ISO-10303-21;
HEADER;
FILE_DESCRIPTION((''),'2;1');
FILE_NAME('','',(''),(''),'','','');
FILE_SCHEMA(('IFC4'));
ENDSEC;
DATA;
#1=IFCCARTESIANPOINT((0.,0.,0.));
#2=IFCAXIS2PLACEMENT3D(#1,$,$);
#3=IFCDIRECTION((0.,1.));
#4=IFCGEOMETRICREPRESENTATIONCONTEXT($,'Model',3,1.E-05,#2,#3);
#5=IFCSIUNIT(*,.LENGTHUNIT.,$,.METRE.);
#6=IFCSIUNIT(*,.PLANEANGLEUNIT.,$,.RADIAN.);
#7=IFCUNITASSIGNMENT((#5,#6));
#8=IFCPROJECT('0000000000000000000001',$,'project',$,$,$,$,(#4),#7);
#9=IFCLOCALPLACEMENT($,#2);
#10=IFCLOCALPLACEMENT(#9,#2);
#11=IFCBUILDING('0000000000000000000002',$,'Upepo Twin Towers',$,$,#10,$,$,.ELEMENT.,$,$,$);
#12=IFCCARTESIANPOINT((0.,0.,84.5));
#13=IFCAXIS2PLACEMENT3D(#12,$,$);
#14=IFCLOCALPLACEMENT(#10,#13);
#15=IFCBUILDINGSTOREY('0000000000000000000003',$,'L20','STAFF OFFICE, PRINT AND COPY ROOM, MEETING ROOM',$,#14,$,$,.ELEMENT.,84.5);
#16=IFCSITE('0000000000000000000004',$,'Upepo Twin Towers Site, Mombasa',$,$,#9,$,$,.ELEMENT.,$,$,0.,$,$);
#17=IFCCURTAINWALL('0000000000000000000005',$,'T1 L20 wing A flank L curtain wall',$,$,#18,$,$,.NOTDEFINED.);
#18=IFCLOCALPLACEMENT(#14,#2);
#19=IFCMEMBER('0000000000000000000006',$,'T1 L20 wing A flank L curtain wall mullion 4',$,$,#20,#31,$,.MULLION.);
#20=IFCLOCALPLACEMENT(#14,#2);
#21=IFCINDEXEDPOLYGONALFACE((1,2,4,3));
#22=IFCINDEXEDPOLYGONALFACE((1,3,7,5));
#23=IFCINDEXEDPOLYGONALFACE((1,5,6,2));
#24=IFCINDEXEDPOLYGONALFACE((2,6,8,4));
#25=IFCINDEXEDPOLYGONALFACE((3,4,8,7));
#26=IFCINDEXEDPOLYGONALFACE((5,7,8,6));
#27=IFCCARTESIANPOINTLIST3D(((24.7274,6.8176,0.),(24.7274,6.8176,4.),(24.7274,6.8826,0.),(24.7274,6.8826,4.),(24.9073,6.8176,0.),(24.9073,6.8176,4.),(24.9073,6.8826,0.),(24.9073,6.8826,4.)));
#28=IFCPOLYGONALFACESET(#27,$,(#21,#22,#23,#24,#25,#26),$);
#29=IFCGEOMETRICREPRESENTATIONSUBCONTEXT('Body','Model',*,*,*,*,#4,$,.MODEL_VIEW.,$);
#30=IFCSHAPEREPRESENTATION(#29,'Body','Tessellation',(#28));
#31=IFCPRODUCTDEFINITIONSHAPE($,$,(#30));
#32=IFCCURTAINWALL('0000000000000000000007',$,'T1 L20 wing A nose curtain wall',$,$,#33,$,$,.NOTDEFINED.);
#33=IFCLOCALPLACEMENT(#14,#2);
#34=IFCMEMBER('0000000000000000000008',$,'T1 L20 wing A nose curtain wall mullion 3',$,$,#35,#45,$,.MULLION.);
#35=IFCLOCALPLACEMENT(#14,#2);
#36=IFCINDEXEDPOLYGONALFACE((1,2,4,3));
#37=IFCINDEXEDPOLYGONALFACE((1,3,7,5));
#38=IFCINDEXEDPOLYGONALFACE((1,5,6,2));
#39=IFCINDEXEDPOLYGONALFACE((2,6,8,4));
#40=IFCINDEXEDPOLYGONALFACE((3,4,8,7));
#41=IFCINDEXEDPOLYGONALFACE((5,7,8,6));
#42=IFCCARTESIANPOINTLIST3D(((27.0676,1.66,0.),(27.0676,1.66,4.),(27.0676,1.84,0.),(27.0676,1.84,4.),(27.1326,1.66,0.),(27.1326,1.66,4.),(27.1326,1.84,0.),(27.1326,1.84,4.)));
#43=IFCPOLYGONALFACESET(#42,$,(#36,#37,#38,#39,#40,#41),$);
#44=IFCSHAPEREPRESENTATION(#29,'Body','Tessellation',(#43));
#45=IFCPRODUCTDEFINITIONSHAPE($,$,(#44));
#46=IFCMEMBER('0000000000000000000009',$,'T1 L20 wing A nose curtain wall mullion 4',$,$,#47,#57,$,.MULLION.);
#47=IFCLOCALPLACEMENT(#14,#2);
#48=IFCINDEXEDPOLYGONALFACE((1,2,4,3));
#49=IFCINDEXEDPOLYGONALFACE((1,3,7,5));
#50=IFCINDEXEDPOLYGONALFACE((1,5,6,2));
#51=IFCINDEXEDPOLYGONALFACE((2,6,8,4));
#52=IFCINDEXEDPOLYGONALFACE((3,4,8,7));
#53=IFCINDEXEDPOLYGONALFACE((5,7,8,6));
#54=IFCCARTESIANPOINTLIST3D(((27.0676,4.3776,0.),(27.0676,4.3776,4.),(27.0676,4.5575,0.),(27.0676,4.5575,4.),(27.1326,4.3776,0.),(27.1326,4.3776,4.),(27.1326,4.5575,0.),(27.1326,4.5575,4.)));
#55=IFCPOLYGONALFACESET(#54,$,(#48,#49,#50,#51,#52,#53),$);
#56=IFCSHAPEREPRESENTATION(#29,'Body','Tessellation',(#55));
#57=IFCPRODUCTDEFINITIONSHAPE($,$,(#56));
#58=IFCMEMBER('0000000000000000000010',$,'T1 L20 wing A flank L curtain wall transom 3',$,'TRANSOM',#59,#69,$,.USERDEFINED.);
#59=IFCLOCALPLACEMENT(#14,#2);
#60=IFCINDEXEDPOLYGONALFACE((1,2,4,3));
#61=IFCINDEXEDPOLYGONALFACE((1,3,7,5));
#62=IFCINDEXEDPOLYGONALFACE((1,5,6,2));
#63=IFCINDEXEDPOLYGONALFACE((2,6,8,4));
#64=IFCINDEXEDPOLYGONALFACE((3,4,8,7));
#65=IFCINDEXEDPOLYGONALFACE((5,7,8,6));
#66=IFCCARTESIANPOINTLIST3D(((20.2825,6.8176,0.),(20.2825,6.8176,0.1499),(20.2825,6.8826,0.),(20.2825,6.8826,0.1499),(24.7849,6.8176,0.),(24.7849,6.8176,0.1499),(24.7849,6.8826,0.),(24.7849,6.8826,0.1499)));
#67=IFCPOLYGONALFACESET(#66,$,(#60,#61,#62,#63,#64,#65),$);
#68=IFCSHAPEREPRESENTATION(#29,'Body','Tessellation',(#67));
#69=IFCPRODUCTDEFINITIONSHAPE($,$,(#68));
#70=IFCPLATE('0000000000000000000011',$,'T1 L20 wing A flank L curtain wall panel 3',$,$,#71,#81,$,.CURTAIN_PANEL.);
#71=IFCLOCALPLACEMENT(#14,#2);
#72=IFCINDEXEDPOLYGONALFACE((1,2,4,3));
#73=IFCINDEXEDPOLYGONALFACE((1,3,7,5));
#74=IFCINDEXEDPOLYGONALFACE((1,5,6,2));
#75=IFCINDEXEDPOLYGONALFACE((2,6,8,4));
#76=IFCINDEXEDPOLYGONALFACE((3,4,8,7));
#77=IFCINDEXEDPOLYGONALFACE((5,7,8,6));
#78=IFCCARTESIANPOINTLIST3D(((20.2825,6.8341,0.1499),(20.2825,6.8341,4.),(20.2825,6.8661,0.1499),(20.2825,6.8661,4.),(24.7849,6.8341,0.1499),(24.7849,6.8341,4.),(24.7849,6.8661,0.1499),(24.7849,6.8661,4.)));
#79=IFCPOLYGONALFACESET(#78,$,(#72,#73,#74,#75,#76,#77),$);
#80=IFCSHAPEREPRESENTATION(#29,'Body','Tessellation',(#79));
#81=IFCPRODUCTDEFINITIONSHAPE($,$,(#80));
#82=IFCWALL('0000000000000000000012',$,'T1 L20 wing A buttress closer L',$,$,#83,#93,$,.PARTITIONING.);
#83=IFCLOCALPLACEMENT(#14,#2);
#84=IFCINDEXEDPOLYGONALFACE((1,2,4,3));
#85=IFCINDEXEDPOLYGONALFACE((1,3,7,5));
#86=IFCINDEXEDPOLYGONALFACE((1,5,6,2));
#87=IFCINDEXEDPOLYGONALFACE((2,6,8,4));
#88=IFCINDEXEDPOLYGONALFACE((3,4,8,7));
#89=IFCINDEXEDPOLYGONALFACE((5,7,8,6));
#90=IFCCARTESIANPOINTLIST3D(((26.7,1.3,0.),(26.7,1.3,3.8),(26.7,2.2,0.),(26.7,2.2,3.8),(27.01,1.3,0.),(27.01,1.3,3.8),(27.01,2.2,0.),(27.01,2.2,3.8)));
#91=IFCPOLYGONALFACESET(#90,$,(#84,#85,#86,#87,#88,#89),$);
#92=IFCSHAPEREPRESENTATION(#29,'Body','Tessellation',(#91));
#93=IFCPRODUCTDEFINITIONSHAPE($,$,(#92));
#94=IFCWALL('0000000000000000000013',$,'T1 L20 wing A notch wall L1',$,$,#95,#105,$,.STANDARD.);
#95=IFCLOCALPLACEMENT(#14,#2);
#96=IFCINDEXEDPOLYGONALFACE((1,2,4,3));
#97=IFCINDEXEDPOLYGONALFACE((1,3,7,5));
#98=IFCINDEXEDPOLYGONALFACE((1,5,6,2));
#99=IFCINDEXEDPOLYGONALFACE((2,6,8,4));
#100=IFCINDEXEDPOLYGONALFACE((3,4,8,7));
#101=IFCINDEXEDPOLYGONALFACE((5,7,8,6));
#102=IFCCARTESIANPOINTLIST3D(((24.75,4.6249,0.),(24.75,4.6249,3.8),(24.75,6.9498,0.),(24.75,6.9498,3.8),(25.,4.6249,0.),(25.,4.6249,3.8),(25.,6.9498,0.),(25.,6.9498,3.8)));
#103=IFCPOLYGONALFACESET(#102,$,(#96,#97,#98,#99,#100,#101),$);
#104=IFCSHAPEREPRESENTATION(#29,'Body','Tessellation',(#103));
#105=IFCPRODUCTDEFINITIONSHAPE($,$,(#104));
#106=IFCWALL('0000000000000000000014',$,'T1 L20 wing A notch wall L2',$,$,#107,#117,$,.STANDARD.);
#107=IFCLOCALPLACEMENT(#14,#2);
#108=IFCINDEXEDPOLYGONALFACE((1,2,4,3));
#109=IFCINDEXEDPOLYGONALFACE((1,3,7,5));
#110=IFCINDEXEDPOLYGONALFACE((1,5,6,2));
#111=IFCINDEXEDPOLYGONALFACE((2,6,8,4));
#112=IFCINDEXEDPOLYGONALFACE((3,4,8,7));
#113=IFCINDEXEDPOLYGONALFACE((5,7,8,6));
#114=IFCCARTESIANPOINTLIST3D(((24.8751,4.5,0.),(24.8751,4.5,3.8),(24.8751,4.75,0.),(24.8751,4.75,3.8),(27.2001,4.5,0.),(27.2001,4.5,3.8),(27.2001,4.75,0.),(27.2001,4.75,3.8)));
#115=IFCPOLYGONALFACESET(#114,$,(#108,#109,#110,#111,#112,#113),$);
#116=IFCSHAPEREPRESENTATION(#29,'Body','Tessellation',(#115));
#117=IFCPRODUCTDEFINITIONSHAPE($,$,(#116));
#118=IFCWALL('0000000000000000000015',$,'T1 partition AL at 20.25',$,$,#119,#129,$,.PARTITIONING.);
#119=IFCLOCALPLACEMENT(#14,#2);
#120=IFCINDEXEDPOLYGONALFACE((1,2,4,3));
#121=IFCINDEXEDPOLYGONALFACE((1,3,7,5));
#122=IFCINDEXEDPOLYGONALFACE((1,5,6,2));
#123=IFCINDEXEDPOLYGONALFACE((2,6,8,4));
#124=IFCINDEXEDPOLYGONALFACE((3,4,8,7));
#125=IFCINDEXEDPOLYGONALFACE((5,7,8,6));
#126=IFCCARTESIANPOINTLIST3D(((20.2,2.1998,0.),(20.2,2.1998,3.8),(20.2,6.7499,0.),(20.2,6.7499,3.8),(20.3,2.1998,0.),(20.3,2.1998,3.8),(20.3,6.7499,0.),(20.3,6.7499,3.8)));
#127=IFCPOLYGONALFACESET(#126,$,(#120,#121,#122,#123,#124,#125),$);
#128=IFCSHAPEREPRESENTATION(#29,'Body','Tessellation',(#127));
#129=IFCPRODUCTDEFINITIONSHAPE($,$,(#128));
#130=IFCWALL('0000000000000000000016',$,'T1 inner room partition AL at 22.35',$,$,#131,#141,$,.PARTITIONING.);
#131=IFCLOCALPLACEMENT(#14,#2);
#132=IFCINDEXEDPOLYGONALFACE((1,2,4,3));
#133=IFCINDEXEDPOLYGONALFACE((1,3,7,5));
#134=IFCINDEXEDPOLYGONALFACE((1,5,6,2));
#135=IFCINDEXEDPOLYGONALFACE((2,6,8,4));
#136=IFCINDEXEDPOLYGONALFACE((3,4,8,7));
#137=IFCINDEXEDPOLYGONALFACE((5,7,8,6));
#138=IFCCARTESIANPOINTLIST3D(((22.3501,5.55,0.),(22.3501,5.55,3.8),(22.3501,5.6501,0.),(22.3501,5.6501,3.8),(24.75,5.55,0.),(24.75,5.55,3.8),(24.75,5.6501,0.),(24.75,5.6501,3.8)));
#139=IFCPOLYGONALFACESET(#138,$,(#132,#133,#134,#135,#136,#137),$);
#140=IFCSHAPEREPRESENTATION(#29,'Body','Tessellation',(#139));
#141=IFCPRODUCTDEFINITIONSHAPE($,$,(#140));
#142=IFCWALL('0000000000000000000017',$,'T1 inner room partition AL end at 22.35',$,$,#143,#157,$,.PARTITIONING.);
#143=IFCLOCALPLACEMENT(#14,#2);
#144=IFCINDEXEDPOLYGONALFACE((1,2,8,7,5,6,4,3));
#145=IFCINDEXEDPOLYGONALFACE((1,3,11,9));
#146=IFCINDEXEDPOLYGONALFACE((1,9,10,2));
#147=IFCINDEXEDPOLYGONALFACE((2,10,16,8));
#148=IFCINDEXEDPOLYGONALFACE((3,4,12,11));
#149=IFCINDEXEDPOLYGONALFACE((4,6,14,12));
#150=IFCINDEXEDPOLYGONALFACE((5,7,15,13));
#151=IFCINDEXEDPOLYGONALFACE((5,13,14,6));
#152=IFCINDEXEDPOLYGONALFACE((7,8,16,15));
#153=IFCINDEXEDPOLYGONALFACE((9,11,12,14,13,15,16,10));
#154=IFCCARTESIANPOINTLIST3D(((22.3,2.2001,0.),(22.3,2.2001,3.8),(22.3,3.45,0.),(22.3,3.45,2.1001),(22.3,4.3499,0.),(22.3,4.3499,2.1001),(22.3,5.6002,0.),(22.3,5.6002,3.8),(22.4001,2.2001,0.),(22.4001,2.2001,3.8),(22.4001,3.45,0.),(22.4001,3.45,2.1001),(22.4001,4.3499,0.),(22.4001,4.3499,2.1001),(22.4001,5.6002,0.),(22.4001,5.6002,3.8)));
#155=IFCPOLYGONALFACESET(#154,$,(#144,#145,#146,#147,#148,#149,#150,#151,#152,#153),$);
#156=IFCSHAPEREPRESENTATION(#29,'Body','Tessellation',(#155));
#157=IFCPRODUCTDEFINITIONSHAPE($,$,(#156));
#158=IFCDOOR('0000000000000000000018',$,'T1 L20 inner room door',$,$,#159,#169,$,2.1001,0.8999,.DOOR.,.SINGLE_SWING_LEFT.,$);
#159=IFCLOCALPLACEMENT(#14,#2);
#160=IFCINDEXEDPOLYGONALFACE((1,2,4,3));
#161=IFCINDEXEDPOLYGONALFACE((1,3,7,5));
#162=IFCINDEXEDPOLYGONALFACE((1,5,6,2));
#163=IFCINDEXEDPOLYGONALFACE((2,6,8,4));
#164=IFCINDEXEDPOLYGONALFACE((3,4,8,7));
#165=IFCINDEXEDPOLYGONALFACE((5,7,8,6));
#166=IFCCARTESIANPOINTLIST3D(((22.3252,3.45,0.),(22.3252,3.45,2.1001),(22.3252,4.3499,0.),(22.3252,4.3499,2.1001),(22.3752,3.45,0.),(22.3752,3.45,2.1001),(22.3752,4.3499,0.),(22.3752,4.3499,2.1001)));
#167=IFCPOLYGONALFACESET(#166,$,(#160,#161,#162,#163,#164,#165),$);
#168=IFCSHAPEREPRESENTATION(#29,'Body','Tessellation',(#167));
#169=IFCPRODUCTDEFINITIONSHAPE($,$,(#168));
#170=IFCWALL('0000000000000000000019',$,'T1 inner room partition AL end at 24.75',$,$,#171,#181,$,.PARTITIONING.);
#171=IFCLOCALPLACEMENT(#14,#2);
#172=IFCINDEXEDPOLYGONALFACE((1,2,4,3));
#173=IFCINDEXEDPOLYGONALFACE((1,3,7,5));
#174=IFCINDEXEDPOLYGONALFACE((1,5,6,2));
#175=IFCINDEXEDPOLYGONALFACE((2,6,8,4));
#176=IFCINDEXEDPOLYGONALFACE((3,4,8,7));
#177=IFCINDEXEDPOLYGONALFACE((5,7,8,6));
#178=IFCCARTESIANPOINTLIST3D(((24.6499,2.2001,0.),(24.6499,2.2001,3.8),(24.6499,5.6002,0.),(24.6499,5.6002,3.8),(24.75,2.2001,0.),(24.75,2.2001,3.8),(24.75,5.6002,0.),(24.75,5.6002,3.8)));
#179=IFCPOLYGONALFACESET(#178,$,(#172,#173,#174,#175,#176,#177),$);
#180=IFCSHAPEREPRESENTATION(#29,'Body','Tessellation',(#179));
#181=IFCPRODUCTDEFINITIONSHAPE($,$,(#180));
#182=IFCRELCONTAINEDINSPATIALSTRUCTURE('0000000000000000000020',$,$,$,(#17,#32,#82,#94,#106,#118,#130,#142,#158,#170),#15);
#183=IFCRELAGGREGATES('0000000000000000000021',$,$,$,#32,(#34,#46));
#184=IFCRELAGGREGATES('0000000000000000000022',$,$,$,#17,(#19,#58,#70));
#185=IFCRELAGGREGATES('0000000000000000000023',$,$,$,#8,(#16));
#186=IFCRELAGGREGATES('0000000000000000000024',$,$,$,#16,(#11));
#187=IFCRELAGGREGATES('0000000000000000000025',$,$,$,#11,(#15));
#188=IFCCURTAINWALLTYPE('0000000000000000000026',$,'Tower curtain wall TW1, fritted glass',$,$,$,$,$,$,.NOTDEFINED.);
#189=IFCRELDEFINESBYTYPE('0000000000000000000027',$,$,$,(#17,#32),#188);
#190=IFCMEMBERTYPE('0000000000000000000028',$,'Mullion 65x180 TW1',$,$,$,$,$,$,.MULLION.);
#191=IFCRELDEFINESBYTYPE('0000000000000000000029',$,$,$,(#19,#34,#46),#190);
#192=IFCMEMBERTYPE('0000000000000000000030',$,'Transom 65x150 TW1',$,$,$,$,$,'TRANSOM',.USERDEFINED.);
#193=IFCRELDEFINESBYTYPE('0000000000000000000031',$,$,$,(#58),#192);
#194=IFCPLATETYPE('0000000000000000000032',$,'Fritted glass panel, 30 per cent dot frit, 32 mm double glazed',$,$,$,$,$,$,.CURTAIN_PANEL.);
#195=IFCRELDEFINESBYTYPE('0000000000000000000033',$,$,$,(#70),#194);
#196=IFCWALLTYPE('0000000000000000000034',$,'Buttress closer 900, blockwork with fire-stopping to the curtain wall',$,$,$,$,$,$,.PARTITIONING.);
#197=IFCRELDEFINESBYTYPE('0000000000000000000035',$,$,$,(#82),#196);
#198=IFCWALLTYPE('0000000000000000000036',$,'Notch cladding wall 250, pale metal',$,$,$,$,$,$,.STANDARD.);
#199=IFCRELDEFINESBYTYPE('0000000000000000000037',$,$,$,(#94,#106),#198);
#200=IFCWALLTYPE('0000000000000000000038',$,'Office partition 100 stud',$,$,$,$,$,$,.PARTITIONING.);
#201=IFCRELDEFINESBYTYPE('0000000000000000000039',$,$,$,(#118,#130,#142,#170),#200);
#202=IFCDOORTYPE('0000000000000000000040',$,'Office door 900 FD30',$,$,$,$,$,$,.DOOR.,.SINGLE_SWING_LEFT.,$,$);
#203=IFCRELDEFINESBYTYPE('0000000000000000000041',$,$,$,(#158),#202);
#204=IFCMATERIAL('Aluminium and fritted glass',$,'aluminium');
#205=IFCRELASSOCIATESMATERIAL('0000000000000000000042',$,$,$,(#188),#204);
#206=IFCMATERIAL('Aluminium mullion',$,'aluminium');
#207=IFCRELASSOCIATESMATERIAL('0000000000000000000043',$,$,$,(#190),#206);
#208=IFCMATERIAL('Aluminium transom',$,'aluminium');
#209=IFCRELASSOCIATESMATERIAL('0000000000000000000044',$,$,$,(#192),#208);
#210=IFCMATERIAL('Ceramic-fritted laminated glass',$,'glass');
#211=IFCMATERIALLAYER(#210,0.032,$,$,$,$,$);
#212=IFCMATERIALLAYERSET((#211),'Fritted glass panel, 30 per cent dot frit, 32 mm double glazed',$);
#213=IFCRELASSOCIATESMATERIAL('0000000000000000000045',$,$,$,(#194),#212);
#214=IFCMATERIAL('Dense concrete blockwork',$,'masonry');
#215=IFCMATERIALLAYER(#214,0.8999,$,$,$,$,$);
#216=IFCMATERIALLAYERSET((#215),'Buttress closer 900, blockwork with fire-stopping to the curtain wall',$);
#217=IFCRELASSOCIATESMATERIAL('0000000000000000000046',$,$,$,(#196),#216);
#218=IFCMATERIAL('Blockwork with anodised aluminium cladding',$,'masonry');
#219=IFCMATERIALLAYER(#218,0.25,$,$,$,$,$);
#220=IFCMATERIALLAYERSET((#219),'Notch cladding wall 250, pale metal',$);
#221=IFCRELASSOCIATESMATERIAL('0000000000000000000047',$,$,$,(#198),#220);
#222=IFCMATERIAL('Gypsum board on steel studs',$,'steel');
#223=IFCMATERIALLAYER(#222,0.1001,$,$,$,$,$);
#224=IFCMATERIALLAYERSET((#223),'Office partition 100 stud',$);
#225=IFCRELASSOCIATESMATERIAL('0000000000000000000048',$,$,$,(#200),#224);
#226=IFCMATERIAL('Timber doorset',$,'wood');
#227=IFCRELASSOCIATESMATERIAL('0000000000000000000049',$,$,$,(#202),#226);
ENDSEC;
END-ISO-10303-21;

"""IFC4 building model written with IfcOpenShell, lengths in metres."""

from ifc_helpers import new_model, si_unit, direction, frame, frame_2d, origin, origin_2d, place, context, subcontext, project, spatial, rectangle, extrude, material, layer, layer_set, material_profile, profile_set, type_object, element, fill, aggregate, save


model = new_model("IFC4")

# Units and contexts
model_context = context("Model", 3, precision=1e-05, world=origin(), true_north=direction((0.0, 1.0)))
body_context = subcontext(model_context, "Body", "Model", "MODEL_VIEW")
ifc_project = project(units=[si_unit("LENGTHUNIT", "METRE"), si_unit("PLANEANGLEUNIT", "RADIAN")], contexts=[model_context])

# Site, building, storey
site_placement = place(None, origin())
site = spatial("IfcSite", under=ifc_project, at=site_placement, Name="Upepo Twin Towers Site, Mombasa", CompositionType="ELEMENT", RefElevation=0.0)
building_placement = place(site_placement, origin())
building = spatial("IfcBuilding", under=site, at=building_placement, Name="Upepo Twin Towers", CompositionType="ELEMENT")
storey_placement = place(building_placement, frame((0.0, 0.0, 84.5)))
storey = spatial("IfcBuildingStorey", under=building, at=storey_placement, Name="L20", Description="STAFF OFFICE, PRINT AND COPY ROOM, MEETING ROOM", CompositionType="ELEMENT", Elevation=84.5)

# Curtain walls, members
ifc_material_1 = material(Name="Aluminium and fritted glass", Category="aluminium")
curtain_wall_type = type_object("IfcCurtainWallType", Name="Tower curtain wall TW1, fritted glass", PredefinedType="NOTDEFINED", material=ifc_material_1)
curtain_wall_1_placement = place(storey_placement, origin())
curtain_wall_1 = element("IfcCurtainWall", 1, at=curtain_wall_1_placement, inside=storey, type_object=curtain_wall_type, Name="T1 L20 wing A flank L curtain wall", PredefinedType="NOTDEFINED")
ifc_material_2 = material(Name="Aluminium mullion", Category="aluminium")
ifc_material_profile_1 = material_profile(ifc_material_2, rectangle(XDim=0.0649, YDim=0.1799, at=origin_2d()), Name="MULLION 65x180")
ifc_profile_set_1 = profile_set([ifc_material_profile_1], Name="Aluminium mullion")
member_type_1 = type_object("IfcMemberType", Name="Mullion 65x180 TW1", PredefinedType="MULLION", material=ifc_profile_set_1)
member_1_placement = place(storey_placement, frame((24.8174, 6.8501, 0.0), z_axis=(0.0, 0.0, 1.0), x_axis=(0.0, 1.0, 0.0)))
member_1 = element("IfcMember", 2, at=member_1_placement, type_object=member_type_1, Name="T1 L20 wing A flank L curtain wall mullion 4", PredefinedType="MULLION", context=body_context, shape_type="SweptSolid", body=[
    extrude(rectangle(XDim=0.0649, YDim=0.1799, at=origin_2d()), origin(), (0.0, 0.0, 1.0), 4.0),
])
curtain_wall_2_placement = place(storey_placement, origin())
curtain_wall_2 = element("IfcCurtainWall", 3, at=curtain_wall_2_placement, inside=storey, type_object=curtain_wall_type, Name="T1 L20 wing A nose curtain wall", PredefinedType="NOTDEFINED")
member_2_placement = place(storey_placement, frame((27.1001, 1.75, 0.0), z_axis=(0.0, 0.0, 1.0), x_axis=(-1.0, 0.0, 0.0)))
member_2 = element("IfcMember", 4, at=member_2_placement, type_object=member_type_1, Name="T1 L20 wing A nose curtain wall mullion 3", PredefinedType="MULLION", context=body_context, shape_type="SweptSolid", body=[
    extrude(rectangle(XDim=0.0649, YDim=0.1799, at=origin_2d()), origin(), (0.0, 0.0, 1.0), 4.0),
])
member_3_placement = place(storey_placement, frame((27.1001, 4.4675, 0.0), z_axis=(0.0, 0.0, 1.0), x_axis=(-1.0, 0.0, 0.0)))
member_3 = element("IfcMember", 5, at=member_3_placement, type_object=member_type_1, Name="T1 L20 wing A nose curtain wall mullion 4", PredefinedType="MULLION", context=body_context, shape_type="SweptSolid", body=[
    extrude(rectangle(XDim=0.0649, YDim=0.1799, at=origin_2d()), origin(), (0.0, 0.0, 1.0), 4.0),
])
aggregate(curtain_wall_2, [member_2, member_3])

# Member
ifc_material_3 = material(Name="Aluminium transom", Category="aluminium")
ifc_material_profile_2 = material_profile(ifc_material_3, rectangle(XDim=0.0649, YDim=0.1499, at=origin_2d()), Name="TRANSOM 65x150")
ifc_profile_set_2 = profile_set([ifc_material_profile_2], Name="Aluminium transom")
member_type_2 = type_object("IfcMemberType", Name="Transom 65x150 TW1", ElementType="TRANSOM", PredefinedType="USERDEFINED", material=ifc_profile_set_2)
member_4_placement = place(storey_placement, frame((20.2825, 6.8501, 0.075), z_axis=(1.0, 0.0, 0.0), x_axis=(0.0, 1.0, 0.0)))
member_4 = element("IfcMember", 6, at=member_4_placement, type_object=member_type_2, Name="T1 L20 wing A flank L curtain wall transom 3", ObjectType="TRANSOM", PredefinedType="USERDEFINED", context=body_context, shape_type="SweptSolid", body=[
    extrude(rectangle(XDim=0.0649, YDim=0.1499, at=origin_2d()), origin(), (0.0, 0.0, 1.0), 4.5024),
])

# Plate
ifc_material_4 = material(Name="Ceramic-fritted laminated glass", Category="glass")
ifc_layer_1 = layer(ifc_material_4, 0.032)
ifc_layer_set_1 = layer_set([ifc_layer_1], Name="Fritted glass panel, 30 per cent dot frit, 32 mm double glazed")
plate_type = type_object("IfcPlateType", Name="Fritted glass panel, 30 per cent dot frit, 32 mm double glazed", PredefinedType="CURTAIN_PANEL", material=ifc_layer_set_1)
plate_placement = place(storey_placement, frame((22.5337, 6.8501, 0.1499), z_axis=(0.0, 0.0, 1.0), x_axis=(1.0, 0.0, 0.0)))
plate = element("IfcPlate", 7, at=plate_placement, type_object=plate_type, Name="T1 L20 wing A flank L curtain wall panel 3", PredefinedType="CURTAIN_PANEL", context=body_context, shape_type="SweptSolid", body=[
    extrude(rectangle(XDim=4.5024, YDim=0.032, at=origin_2d()), origin(), (0.0, 0.0, 1.0), 3.8501),
])
aggregate(curtain_wall_1, [member_1, member_4, plate])

# Walls
ifc_material_5 = material(Name="Dense concrete blockwork", Category="masonry")
ifc_layer_2 = layer(ifc_material_5, 0.8999)
ifc_layer_set_2 = layer_set([ifc_layer_2], Name="Buttress closer 900, blockwork with fire-stopping to the curtain wall")
wall_type_1 = type_object("IfcWallType", Name="Buttress closer 900, blockwork with fire-stopping to the curtain wall", PredefinedType="PARTITIONING", material=ifc_layer_set_2)
wall_1_placement = place(storey_placement, frame((26.7, 1.75, 0.0), z_axis=(0.0, 0.0, 1.0), x_axis=(1.0, 0.0, 0.0)))
element("IfcWall", 8, at=wall_1_placement, inside=storey, type_object=wall_type_1, Name="T1 L20 wing A buttress closer L", PredefinedType="PARTITIONING", context=body_context, shape_type="SweptSolid", body=[
    extrude(rectangle(XDim=0.3101, YDim=0.8999, at=frame_2d((0.155, 0.0))), origin(), (0.0, 0.0, 1.0), 3.8),
])
ifc_material_6 = material(Name="Blockwork with anodised aluminium cladding", Category="masonry")
ifc_layer_3 = layer(ifc_material_6, 0.25)
ifc_layer_set_3 = layer_set([ifc_layer_3], Name="Notch cladding wall 250, pale metal")
wall_type_2 = type_object("IfcWallType", Name="Notch cladding wall 250, pale metal", PredefinedType="STANDARD", material=ifc_layer_set_3)
for number, where, z_axis, x_axis, name in (
    (9, (24.875, 6.95, 0.0), (0.0, 0.0, 1.0), (0.0, -1.0, 0.0), "T1 L20 wing A notch wall L1"),
    (10, (24.875, 4.625, 0.0), (0.0, 0.0, 1.0), (1.0, 0.0, 0.0), "T1 L20 wing A notch wall L2"),
):
    element("IfcWall", number, at=place(storey_placement, frame(where, z_axis=z_axis, x_axis=x_axis)), inside=storey, type_object=wall_type_2, Name=name, PredefinedType="STANDARD", context=body_context, shape_type="SweptSolid", body=[
        extrude(rectangle(XDim=2.325, YDim=0.25, at=frame_2d((1.1626, 0.0))), origin(), (0.0, 0.0, 1.0), 3.8),
    ])
ifc_material_7 = material(Name="Gypsum board on steel studs", Category="steel")
ifc_layer_4 = layer(ifc_material_7, 0.1001)
ifc_layer_set_4 = layer_set([ifc_layer_4], Name="Office partition 100 stud")
wall_type_3 = type_object("IfcWallType", Name="Office partition 100 stud", PredefinedType="PARTITIONING", material=ifc_layer_set_4)
wall_2_placement = place(storey_placement, frame((20.25, 2.2, 0.0), z_axis=(0.0, 0.0, 1.0), x_axis=(0.0, 1.0, 0.0)))
element("IfcWall", 11, at=wall_2_placement, inside=storey, type_object=wall_type_3, Name="T1 partition AL at 20.25", PredefinedType="PARTITIONING", context=body_context, shape_type="SweptSolid", body=[
    extrude(rectangle(XDim=4.55, YDim=0.1001, at=frame_2d((2.2749, 0.0))), origin(), (0.0, 0.0, 1.0), 3.8),
])
wall_3_placement = place(storey_placement, frame((22.3501, 5.6001, 0.0), z_axis=(0.0, 0.0, 1.0), x_axis=(1.0, 0.0, 0.0)))
element("IfcWall", 12, at=wall_3_placement, inside=storey, type_object=wall_type_3, Name="T1 inner room partition AL at 22.35", PredefinedType="PARTITIONING", context=body_context, shape_type="SweptSolid", body=[
    extrude(rectangle(XDim=2.3999, YDim=0.1001, at=frame_2d((1.2, 0.0))), origin(), (0.0, 0.0, 1.0), 3.8),
])

# Wall, opening, door
wall_4_placement = place(storey_placement, frame((22.3501, 2.2, 0.0), z_axis=(0.0, 0.0, 1.0), x_axis=(0.0, 1.0, 0.0)))
wall_4 = element("IfcWall", 13, at=wall_4_placement, inside=storey, type_object=wall_type_3, Name="T1 inner room partition AL end at 22.35", PredefinedType="PARTITIONING", context=body_context, shape_type="SweptSolid", body=[
    extrude(rectangle(XDim=3.4001, YDim=0.1001, at=frame_2d((1.7002, 0.0))), origin(), (0.0, 0.0, 1.0), 3.8),
])
opening_placement = place(wall_4_placement, frame((1.25, 0.0, 0.0)))
opening = element("IfcOpeningElement", 14, at=opening_placement, cuts=wall_4, PredefinedType="OPENING", context=body_context, shape_type="SweptSolid", body=[
    extrude(rectangle(XDim=0.8999, YDim=2.1001, at=frame_2d((0.45, 1.05))), frame((0.0, 0.0601, 0.0), z_axis=(0.0, -1.0, 0.0), x_axis=(1.0, 0.0, 0.0)), (0.0, 0.0, 1.0), 0.1201),
])
ifc_material_8 = material(Name="Timber doorset", Category="wood")
door_type = type_object("IfcDoorType", Name="Office door 900 FD30", OperationType="SINGLE_SWING_LEFT", PredefinedType="DOOR", material=ifc_material_8)
door_placement = place(opening_placement, origin())
door = element("IfcDoor", 15, at=door_placement, inside=storey, type_object=door_type, Name="T1 L20 inner room door", OperationType="SINGLE_SWING_LEFT", OverallHeight=2.1001, OverallWidth=0.8999, PredefinedType="DOOR", context=body_context, shape_type="SweptSolid", body=[
    extrude(rectangle(XDim=0.8999, YDim=2.1001, at=frame_2d((0.45, 1.05))), frame((0.0, 0.0249, 0.0), z_axis=(0.0, -1.0, 0.0), x_axis=(1.0, 0.0, 0.0)), (0.0, 0.0, 1.0), 0.05),
])
fill(opening, door)

# Wall
wall_5_placement = place(storey_placement, frame((24.7, 2.2, 0.0), z_axis=(0.0, 0.0, 1.0), x_axis=(0.0, 1.0, 0.0)))
element("IfcWall", 16, at=wall_5_placement, inside=storey, type_object=wall_type_3, Name="T1 inner room partition AL end at 24.75", PredefinedType="PARTITIONING", context=body_context, shape_type="SweptSolid", body=[
    extrude(rectangle(XDim=3.4001, YDim=0.1001, at=frame_2d((1.7002, 0.0))), origin(), (0.0, 0.0, 1.0), 3.8),
])

save(model, "model.ifc")
